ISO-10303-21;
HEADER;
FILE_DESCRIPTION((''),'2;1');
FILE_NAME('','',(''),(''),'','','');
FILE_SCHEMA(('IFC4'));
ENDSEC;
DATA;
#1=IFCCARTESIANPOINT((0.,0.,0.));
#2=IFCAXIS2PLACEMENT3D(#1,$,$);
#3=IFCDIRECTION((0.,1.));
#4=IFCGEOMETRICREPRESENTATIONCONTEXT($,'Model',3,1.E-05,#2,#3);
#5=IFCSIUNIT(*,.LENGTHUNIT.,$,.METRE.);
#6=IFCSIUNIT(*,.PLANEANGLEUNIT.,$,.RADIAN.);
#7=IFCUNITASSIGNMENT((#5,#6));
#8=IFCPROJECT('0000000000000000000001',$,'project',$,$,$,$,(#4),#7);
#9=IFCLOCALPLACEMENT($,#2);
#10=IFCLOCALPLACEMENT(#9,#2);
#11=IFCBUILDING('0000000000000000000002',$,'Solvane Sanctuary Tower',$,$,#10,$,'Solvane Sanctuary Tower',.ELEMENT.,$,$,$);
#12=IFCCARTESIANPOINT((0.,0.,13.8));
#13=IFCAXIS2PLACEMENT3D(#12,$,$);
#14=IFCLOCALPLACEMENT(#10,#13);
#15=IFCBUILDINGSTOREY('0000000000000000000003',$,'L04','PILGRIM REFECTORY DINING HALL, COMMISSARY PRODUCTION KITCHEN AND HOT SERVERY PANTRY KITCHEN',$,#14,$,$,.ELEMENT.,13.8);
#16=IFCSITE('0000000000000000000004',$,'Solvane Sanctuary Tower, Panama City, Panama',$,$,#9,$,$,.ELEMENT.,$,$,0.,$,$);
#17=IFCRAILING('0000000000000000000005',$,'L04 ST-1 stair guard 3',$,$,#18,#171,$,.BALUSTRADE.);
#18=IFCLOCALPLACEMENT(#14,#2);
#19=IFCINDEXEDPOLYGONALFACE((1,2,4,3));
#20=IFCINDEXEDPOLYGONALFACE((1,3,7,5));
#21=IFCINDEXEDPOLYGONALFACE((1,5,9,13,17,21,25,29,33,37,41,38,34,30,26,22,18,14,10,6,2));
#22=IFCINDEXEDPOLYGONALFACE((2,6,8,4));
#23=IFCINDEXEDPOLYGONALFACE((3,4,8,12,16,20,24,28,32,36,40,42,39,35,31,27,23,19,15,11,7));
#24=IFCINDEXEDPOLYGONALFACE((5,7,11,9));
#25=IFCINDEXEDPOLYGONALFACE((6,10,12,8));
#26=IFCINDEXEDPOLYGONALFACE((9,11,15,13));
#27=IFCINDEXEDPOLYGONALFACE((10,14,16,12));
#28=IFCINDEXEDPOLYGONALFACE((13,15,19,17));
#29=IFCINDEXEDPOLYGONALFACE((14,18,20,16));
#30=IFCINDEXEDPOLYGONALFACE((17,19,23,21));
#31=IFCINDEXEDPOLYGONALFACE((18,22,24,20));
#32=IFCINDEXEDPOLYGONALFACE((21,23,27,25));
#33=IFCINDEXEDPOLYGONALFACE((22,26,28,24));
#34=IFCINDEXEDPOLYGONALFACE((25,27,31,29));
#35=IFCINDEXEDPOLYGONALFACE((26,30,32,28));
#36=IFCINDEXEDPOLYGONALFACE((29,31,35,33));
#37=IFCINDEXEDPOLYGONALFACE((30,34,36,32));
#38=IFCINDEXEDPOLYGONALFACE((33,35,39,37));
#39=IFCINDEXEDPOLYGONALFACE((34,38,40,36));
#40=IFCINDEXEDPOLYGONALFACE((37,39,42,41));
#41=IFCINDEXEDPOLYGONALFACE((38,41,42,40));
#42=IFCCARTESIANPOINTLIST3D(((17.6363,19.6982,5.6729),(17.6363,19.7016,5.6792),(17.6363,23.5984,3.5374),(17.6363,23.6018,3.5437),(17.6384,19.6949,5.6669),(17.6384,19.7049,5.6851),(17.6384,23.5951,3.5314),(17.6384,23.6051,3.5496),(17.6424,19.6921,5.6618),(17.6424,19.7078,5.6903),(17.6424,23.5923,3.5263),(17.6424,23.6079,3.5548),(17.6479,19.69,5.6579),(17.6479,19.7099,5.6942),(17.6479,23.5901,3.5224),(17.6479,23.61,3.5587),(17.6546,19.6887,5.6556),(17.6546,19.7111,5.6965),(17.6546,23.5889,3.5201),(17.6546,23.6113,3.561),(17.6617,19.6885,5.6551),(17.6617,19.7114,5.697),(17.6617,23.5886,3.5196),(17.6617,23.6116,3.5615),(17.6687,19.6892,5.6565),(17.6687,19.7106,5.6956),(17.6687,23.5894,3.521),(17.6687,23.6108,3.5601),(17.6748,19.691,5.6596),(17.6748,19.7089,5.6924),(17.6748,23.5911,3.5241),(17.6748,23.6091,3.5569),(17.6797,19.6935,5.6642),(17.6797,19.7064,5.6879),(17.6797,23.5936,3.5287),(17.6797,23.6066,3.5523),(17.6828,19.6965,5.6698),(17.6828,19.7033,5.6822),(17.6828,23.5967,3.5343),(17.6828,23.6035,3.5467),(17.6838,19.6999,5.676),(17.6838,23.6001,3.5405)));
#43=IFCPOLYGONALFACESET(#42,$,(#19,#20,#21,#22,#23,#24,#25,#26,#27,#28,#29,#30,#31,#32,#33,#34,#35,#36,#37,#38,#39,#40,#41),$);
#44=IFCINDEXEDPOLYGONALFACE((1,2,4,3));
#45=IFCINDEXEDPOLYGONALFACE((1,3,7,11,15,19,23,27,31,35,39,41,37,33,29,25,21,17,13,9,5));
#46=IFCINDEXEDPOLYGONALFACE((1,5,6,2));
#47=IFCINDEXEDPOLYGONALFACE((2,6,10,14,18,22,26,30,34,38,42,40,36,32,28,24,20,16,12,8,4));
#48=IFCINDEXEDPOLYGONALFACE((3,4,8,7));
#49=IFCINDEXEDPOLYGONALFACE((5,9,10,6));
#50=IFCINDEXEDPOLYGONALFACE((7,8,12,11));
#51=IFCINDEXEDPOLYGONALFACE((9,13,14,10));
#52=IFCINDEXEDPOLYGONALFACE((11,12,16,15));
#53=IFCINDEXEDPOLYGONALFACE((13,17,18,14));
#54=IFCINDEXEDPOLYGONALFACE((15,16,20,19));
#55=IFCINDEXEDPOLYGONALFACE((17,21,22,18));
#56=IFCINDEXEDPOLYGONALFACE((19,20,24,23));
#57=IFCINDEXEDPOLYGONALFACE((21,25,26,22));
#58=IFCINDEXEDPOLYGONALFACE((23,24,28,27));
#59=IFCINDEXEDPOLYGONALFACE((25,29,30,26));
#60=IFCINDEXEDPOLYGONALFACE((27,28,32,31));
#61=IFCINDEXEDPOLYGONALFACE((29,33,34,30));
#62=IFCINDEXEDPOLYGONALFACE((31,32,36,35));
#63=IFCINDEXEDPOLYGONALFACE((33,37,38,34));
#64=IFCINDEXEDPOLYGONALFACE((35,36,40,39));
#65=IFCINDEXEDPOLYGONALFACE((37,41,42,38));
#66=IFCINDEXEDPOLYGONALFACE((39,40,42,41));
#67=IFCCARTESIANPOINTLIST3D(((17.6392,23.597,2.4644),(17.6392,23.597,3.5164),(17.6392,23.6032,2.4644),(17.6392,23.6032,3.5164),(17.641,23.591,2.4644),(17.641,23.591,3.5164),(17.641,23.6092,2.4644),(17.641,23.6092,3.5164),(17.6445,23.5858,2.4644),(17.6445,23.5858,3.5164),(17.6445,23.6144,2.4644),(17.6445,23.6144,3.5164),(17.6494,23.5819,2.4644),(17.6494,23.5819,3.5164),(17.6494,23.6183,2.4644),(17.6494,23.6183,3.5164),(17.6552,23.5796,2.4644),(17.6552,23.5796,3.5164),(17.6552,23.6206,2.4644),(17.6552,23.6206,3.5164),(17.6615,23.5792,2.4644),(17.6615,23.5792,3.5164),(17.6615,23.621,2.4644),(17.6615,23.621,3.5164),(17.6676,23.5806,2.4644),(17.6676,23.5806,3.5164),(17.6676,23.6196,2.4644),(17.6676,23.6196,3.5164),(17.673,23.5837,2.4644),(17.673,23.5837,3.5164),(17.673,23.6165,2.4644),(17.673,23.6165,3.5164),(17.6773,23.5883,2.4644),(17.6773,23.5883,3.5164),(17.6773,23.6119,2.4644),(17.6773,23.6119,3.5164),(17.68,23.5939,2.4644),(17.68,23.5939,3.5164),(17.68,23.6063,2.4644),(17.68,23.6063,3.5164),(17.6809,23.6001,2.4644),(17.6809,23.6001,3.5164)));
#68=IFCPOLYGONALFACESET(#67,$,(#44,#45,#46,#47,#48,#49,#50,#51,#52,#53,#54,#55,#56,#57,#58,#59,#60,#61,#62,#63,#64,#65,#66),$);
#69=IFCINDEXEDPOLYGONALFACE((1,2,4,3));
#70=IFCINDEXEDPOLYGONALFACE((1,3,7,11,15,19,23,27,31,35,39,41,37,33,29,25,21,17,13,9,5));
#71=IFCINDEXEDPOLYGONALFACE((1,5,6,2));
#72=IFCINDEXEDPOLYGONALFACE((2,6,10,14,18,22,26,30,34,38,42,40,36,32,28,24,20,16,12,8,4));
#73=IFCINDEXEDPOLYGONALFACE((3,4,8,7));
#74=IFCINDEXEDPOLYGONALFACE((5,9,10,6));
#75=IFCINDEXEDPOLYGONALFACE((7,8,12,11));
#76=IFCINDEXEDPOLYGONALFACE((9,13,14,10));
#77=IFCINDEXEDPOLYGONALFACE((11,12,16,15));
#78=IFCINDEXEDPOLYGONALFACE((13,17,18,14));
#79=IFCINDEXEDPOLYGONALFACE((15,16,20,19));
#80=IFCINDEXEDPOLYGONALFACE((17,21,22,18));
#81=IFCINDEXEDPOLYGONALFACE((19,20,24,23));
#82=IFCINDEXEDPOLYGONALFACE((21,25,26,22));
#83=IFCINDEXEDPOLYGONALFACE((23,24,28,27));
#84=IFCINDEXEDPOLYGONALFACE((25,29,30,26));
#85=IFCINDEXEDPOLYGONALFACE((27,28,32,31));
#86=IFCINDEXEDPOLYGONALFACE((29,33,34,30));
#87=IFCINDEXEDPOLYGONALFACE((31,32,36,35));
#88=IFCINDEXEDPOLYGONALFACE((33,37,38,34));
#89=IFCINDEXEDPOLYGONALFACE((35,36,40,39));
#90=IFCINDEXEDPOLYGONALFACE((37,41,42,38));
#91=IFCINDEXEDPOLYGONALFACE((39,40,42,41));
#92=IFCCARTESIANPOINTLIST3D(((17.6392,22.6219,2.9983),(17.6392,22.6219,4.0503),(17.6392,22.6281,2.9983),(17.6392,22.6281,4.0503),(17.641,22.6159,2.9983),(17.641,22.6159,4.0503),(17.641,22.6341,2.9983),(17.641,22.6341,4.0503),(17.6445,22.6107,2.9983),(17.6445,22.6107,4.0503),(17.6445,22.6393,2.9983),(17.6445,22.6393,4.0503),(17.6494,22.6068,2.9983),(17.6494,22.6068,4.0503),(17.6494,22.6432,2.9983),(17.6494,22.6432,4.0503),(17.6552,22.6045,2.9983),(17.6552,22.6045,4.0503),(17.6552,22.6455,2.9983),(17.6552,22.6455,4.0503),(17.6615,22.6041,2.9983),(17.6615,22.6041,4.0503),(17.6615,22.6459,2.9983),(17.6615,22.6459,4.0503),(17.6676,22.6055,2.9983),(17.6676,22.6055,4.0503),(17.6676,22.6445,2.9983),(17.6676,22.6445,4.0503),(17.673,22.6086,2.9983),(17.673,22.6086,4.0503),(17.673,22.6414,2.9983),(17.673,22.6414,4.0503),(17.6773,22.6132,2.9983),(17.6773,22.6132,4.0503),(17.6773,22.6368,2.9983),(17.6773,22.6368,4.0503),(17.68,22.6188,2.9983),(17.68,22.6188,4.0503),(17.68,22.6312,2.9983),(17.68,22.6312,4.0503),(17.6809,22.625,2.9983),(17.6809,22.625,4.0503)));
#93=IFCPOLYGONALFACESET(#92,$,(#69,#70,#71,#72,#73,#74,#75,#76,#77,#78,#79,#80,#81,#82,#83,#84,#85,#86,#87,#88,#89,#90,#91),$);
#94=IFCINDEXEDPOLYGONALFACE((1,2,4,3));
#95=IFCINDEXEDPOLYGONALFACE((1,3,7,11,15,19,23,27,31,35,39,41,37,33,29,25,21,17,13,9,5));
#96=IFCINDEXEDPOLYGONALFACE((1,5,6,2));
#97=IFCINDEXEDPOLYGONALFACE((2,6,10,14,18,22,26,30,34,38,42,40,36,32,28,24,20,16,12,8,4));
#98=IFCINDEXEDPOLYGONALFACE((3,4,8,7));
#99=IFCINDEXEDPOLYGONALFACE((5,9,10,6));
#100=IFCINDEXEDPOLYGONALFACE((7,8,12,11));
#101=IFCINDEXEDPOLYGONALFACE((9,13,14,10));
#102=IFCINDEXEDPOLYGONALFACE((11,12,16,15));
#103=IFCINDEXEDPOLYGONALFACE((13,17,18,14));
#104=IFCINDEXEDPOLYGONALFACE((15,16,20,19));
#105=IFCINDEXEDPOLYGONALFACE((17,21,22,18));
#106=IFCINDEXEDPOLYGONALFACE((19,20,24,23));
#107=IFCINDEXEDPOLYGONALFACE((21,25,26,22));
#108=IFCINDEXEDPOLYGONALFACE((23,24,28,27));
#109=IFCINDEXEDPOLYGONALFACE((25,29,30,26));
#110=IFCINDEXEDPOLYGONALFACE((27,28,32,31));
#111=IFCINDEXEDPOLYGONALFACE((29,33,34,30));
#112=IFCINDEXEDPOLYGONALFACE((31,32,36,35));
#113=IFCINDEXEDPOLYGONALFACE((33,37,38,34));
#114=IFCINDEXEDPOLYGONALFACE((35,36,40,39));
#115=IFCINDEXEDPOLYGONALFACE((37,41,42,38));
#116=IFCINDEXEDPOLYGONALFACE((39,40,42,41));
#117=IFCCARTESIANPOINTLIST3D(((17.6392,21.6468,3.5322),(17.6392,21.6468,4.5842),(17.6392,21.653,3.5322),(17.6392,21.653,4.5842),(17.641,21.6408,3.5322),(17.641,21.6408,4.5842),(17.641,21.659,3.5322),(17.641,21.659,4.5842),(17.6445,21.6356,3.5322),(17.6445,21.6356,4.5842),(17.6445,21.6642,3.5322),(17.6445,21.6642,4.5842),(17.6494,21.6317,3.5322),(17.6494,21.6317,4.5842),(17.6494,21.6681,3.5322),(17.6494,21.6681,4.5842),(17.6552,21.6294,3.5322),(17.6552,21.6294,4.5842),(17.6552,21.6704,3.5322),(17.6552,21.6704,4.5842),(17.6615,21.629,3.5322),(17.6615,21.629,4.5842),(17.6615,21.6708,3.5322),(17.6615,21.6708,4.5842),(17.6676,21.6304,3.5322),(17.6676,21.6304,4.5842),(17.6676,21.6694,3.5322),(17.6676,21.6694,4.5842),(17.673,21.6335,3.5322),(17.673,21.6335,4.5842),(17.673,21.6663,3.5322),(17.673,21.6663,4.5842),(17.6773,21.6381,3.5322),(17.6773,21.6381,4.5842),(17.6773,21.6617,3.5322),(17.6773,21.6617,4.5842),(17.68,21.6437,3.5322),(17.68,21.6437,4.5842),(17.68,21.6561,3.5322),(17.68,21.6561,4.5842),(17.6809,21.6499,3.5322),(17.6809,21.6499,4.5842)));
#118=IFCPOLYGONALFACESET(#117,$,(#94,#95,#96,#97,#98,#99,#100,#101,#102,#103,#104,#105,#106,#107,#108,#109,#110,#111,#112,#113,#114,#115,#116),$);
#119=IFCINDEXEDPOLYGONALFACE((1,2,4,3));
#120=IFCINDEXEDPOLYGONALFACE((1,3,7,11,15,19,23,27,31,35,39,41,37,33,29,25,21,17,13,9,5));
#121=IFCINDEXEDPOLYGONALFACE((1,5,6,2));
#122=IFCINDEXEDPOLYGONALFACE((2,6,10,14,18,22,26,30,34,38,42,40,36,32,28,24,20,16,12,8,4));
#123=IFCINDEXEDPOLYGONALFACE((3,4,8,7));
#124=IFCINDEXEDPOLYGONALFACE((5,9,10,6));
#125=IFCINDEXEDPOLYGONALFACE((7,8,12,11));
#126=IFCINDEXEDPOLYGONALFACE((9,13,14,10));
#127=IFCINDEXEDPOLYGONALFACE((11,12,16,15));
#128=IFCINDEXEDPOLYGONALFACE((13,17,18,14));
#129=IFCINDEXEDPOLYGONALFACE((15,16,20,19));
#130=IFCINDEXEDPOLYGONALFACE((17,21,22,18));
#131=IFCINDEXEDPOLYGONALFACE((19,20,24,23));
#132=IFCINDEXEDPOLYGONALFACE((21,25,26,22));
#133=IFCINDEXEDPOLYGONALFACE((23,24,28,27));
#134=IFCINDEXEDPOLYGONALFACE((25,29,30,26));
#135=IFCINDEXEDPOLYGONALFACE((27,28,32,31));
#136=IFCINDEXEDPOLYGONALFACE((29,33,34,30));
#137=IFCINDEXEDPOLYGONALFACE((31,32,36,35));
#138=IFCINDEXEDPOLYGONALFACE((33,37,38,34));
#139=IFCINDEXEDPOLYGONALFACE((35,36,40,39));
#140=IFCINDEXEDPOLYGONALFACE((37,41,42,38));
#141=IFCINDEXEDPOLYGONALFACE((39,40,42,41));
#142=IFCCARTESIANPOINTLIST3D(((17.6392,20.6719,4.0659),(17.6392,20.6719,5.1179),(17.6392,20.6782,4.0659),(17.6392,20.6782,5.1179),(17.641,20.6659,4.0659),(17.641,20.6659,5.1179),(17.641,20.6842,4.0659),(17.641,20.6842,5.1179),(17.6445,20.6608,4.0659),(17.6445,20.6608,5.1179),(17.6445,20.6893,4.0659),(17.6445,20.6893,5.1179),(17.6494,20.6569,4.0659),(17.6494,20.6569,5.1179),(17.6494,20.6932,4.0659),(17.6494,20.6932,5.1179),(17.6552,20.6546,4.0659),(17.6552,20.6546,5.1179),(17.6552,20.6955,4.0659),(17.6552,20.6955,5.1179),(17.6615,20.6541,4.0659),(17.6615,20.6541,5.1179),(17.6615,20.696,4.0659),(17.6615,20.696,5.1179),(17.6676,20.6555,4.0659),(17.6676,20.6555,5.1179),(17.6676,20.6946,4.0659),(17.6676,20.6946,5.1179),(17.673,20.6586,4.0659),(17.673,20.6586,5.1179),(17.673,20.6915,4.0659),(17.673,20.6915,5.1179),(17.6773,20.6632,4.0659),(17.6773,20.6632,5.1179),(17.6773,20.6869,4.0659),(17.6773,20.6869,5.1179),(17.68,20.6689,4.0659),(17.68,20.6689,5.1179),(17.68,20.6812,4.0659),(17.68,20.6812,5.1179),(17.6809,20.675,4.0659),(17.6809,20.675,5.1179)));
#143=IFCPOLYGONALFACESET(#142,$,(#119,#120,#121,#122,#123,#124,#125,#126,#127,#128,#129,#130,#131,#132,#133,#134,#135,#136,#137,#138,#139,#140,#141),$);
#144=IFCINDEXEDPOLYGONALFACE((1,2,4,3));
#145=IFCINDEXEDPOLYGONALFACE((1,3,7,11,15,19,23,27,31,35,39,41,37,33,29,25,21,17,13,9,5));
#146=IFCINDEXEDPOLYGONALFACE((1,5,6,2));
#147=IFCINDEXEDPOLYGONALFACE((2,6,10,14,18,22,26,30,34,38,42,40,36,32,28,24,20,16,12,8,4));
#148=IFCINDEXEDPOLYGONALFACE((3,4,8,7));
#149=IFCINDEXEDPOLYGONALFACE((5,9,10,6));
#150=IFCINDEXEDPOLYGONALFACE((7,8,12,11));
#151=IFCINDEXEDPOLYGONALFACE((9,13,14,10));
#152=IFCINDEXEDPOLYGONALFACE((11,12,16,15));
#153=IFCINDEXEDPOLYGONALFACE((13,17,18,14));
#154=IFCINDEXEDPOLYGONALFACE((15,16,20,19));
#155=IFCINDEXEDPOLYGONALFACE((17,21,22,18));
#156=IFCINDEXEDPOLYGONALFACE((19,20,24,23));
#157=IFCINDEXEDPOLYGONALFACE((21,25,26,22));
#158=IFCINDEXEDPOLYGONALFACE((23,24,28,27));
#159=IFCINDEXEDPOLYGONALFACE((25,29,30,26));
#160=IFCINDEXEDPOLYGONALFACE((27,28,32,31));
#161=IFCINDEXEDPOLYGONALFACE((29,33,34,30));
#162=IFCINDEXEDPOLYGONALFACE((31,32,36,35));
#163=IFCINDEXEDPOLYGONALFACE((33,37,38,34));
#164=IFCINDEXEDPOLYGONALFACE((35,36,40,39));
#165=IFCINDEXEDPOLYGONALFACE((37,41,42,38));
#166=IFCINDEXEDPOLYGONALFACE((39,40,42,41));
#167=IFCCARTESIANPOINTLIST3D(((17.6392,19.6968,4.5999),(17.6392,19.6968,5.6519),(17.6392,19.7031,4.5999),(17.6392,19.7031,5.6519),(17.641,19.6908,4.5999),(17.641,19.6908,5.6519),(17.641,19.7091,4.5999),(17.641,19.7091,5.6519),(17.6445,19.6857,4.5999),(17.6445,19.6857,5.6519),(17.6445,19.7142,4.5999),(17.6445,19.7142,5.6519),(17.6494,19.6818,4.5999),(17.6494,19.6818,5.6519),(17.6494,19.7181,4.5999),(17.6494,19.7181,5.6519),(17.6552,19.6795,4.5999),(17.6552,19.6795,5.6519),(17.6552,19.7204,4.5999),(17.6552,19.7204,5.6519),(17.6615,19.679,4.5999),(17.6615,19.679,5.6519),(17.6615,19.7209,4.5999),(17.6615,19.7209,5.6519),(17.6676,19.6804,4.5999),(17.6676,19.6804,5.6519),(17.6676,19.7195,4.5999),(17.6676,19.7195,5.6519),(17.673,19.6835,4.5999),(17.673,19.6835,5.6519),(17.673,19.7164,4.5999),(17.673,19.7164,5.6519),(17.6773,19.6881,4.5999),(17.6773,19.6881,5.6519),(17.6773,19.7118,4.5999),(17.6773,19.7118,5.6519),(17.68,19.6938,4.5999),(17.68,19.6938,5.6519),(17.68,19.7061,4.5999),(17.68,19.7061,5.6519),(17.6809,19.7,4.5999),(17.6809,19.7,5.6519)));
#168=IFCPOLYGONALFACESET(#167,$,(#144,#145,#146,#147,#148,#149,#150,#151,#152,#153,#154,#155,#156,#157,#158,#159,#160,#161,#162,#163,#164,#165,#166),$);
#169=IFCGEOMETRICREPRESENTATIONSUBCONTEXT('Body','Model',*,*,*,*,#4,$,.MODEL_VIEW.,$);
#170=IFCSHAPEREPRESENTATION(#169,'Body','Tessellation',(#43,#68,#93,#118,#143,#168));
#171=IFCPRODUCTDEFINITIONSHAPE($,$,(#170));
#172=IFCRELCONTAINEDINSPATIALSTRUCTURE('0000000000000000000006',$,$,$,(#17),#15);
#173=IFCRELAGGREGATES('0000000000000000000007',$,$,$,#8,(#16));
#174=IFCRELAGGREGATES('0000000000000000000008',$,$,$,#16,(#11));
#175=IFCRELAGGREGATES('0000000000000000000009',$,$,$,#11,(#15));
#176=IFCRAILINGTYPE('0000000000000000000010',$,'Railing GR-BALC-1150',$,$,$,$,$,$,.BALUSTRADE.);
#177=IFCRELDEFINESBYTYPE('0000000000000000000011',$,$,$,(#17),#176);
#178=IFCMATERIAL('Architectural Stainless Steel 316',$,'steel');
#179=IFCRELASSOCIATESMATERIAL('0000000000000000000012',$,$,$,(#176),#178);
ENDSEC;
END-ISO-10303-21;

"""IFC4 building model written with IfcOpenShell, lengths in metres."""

from ifc_helpers import new_model, si_unit, direction, frame, origin, origin_2d, place, context, subcontext, project, spatial, circle, extrude, material, type_object, element, save


model = new_model("IFC4")

# Units and contexts
model_context = context("Model", 3, precision=1e-05, world=origin(), true_north=direction((0.0, 1.0)))
body_context = subcontext(model_context, "Body", "Model", "MODEL_VIEW")
ifc_project = project(units=[si_unit("LENGTHUNIT", "METRE"), si_unit("PLANEANGLEUNIT", "RADIAN")], contexts=[model_context])

# Site, building, storey
site_placement = place(None, origin())
site = spatial("IfcSite", under=ifc_project, at=site_placement, Name="Solvane Sanctuary Tower, Panama City, Panama", CompositionType="ELEMENT", RefElevation=0.0)
building_placement = place(site_placement, origin())
building = spatial("IfcBuilding", under=site, at=building_placement, Name="Solvane Sanctuary Tower", LongName="Solvane Sanctuary Tower", CompositionType="ELEMENT")
storey_placement = place(building_placement, frame((0.0, 0.0, 13.8)))
storey = spatial("IfcBuildingStorey", under=building, at=storey_placement, Name="L04", Description="PILGRIM REFECTORY DINING HALL, COMMISSARY PRODUCTION KITCHEN AND HOT SERVERY PANTRY KITCHEN", CompositionType="ELEMENT", Elevation=13.8)

# Railing
ifc_material_1 = material(Name="Architectural Stainless Steel 316", Category="steel")
railing_type_1 = type_object("IfcRailingType", Name="Railing GR-BALC-1150", PredefinedType="BALUSTRADE", material=ifc_material_1)
railing_1_placement = place(storey_placement, frame((17.6599, 23.6001, 2.4644)))
element("IfcRailing", 1, at=railing_1_placement, inside=storey, type_object=railing_type_1, Name="L04 ST-1 stair guard 3", PredefinedType="BALUSTRADE", context=body_context, shape_type="SweptSolid", body=[
    extrude(circle(Radius=0.0239, at=origin_2d()), frame((0.0, 0.0, 1.0762), z_axis=(0.0, -0.877124, 0.480263), x_axis=(1.0, 0.0, 0.0)), (0.0, 0.0, 1.0), 4.4465),
    extrude(circle(Radius=0.021, at=origin_2d()), origin(), (0.0, 0.0, 1.0), 1.052),
    extrude(circle(Radius=0.021, at=origin_2d()), frame((0.0, -0.9751, 0.5339)), (0.0, 0.0, 1.0), 1.052),
    extrude(circle(Radius=0.021, at=origin_2d()), frame((0.0, -1.9502, 1.0679)), (0.0, 0.0, 1.0), 1.052),
    extrude(circle(Radius=0.021, at=origin_2d()), frame((0.0, -2.925, 1.6016)), (0.0, 0.0, 1.0), 1.052),
    extrude(circle(Radius=0.021, at=origin_2d()), frame((0.0, -3.9001, 2.1355)), (0.0, 0.0, 1.0), 1.052),
])

save(model, "model.ifc")
